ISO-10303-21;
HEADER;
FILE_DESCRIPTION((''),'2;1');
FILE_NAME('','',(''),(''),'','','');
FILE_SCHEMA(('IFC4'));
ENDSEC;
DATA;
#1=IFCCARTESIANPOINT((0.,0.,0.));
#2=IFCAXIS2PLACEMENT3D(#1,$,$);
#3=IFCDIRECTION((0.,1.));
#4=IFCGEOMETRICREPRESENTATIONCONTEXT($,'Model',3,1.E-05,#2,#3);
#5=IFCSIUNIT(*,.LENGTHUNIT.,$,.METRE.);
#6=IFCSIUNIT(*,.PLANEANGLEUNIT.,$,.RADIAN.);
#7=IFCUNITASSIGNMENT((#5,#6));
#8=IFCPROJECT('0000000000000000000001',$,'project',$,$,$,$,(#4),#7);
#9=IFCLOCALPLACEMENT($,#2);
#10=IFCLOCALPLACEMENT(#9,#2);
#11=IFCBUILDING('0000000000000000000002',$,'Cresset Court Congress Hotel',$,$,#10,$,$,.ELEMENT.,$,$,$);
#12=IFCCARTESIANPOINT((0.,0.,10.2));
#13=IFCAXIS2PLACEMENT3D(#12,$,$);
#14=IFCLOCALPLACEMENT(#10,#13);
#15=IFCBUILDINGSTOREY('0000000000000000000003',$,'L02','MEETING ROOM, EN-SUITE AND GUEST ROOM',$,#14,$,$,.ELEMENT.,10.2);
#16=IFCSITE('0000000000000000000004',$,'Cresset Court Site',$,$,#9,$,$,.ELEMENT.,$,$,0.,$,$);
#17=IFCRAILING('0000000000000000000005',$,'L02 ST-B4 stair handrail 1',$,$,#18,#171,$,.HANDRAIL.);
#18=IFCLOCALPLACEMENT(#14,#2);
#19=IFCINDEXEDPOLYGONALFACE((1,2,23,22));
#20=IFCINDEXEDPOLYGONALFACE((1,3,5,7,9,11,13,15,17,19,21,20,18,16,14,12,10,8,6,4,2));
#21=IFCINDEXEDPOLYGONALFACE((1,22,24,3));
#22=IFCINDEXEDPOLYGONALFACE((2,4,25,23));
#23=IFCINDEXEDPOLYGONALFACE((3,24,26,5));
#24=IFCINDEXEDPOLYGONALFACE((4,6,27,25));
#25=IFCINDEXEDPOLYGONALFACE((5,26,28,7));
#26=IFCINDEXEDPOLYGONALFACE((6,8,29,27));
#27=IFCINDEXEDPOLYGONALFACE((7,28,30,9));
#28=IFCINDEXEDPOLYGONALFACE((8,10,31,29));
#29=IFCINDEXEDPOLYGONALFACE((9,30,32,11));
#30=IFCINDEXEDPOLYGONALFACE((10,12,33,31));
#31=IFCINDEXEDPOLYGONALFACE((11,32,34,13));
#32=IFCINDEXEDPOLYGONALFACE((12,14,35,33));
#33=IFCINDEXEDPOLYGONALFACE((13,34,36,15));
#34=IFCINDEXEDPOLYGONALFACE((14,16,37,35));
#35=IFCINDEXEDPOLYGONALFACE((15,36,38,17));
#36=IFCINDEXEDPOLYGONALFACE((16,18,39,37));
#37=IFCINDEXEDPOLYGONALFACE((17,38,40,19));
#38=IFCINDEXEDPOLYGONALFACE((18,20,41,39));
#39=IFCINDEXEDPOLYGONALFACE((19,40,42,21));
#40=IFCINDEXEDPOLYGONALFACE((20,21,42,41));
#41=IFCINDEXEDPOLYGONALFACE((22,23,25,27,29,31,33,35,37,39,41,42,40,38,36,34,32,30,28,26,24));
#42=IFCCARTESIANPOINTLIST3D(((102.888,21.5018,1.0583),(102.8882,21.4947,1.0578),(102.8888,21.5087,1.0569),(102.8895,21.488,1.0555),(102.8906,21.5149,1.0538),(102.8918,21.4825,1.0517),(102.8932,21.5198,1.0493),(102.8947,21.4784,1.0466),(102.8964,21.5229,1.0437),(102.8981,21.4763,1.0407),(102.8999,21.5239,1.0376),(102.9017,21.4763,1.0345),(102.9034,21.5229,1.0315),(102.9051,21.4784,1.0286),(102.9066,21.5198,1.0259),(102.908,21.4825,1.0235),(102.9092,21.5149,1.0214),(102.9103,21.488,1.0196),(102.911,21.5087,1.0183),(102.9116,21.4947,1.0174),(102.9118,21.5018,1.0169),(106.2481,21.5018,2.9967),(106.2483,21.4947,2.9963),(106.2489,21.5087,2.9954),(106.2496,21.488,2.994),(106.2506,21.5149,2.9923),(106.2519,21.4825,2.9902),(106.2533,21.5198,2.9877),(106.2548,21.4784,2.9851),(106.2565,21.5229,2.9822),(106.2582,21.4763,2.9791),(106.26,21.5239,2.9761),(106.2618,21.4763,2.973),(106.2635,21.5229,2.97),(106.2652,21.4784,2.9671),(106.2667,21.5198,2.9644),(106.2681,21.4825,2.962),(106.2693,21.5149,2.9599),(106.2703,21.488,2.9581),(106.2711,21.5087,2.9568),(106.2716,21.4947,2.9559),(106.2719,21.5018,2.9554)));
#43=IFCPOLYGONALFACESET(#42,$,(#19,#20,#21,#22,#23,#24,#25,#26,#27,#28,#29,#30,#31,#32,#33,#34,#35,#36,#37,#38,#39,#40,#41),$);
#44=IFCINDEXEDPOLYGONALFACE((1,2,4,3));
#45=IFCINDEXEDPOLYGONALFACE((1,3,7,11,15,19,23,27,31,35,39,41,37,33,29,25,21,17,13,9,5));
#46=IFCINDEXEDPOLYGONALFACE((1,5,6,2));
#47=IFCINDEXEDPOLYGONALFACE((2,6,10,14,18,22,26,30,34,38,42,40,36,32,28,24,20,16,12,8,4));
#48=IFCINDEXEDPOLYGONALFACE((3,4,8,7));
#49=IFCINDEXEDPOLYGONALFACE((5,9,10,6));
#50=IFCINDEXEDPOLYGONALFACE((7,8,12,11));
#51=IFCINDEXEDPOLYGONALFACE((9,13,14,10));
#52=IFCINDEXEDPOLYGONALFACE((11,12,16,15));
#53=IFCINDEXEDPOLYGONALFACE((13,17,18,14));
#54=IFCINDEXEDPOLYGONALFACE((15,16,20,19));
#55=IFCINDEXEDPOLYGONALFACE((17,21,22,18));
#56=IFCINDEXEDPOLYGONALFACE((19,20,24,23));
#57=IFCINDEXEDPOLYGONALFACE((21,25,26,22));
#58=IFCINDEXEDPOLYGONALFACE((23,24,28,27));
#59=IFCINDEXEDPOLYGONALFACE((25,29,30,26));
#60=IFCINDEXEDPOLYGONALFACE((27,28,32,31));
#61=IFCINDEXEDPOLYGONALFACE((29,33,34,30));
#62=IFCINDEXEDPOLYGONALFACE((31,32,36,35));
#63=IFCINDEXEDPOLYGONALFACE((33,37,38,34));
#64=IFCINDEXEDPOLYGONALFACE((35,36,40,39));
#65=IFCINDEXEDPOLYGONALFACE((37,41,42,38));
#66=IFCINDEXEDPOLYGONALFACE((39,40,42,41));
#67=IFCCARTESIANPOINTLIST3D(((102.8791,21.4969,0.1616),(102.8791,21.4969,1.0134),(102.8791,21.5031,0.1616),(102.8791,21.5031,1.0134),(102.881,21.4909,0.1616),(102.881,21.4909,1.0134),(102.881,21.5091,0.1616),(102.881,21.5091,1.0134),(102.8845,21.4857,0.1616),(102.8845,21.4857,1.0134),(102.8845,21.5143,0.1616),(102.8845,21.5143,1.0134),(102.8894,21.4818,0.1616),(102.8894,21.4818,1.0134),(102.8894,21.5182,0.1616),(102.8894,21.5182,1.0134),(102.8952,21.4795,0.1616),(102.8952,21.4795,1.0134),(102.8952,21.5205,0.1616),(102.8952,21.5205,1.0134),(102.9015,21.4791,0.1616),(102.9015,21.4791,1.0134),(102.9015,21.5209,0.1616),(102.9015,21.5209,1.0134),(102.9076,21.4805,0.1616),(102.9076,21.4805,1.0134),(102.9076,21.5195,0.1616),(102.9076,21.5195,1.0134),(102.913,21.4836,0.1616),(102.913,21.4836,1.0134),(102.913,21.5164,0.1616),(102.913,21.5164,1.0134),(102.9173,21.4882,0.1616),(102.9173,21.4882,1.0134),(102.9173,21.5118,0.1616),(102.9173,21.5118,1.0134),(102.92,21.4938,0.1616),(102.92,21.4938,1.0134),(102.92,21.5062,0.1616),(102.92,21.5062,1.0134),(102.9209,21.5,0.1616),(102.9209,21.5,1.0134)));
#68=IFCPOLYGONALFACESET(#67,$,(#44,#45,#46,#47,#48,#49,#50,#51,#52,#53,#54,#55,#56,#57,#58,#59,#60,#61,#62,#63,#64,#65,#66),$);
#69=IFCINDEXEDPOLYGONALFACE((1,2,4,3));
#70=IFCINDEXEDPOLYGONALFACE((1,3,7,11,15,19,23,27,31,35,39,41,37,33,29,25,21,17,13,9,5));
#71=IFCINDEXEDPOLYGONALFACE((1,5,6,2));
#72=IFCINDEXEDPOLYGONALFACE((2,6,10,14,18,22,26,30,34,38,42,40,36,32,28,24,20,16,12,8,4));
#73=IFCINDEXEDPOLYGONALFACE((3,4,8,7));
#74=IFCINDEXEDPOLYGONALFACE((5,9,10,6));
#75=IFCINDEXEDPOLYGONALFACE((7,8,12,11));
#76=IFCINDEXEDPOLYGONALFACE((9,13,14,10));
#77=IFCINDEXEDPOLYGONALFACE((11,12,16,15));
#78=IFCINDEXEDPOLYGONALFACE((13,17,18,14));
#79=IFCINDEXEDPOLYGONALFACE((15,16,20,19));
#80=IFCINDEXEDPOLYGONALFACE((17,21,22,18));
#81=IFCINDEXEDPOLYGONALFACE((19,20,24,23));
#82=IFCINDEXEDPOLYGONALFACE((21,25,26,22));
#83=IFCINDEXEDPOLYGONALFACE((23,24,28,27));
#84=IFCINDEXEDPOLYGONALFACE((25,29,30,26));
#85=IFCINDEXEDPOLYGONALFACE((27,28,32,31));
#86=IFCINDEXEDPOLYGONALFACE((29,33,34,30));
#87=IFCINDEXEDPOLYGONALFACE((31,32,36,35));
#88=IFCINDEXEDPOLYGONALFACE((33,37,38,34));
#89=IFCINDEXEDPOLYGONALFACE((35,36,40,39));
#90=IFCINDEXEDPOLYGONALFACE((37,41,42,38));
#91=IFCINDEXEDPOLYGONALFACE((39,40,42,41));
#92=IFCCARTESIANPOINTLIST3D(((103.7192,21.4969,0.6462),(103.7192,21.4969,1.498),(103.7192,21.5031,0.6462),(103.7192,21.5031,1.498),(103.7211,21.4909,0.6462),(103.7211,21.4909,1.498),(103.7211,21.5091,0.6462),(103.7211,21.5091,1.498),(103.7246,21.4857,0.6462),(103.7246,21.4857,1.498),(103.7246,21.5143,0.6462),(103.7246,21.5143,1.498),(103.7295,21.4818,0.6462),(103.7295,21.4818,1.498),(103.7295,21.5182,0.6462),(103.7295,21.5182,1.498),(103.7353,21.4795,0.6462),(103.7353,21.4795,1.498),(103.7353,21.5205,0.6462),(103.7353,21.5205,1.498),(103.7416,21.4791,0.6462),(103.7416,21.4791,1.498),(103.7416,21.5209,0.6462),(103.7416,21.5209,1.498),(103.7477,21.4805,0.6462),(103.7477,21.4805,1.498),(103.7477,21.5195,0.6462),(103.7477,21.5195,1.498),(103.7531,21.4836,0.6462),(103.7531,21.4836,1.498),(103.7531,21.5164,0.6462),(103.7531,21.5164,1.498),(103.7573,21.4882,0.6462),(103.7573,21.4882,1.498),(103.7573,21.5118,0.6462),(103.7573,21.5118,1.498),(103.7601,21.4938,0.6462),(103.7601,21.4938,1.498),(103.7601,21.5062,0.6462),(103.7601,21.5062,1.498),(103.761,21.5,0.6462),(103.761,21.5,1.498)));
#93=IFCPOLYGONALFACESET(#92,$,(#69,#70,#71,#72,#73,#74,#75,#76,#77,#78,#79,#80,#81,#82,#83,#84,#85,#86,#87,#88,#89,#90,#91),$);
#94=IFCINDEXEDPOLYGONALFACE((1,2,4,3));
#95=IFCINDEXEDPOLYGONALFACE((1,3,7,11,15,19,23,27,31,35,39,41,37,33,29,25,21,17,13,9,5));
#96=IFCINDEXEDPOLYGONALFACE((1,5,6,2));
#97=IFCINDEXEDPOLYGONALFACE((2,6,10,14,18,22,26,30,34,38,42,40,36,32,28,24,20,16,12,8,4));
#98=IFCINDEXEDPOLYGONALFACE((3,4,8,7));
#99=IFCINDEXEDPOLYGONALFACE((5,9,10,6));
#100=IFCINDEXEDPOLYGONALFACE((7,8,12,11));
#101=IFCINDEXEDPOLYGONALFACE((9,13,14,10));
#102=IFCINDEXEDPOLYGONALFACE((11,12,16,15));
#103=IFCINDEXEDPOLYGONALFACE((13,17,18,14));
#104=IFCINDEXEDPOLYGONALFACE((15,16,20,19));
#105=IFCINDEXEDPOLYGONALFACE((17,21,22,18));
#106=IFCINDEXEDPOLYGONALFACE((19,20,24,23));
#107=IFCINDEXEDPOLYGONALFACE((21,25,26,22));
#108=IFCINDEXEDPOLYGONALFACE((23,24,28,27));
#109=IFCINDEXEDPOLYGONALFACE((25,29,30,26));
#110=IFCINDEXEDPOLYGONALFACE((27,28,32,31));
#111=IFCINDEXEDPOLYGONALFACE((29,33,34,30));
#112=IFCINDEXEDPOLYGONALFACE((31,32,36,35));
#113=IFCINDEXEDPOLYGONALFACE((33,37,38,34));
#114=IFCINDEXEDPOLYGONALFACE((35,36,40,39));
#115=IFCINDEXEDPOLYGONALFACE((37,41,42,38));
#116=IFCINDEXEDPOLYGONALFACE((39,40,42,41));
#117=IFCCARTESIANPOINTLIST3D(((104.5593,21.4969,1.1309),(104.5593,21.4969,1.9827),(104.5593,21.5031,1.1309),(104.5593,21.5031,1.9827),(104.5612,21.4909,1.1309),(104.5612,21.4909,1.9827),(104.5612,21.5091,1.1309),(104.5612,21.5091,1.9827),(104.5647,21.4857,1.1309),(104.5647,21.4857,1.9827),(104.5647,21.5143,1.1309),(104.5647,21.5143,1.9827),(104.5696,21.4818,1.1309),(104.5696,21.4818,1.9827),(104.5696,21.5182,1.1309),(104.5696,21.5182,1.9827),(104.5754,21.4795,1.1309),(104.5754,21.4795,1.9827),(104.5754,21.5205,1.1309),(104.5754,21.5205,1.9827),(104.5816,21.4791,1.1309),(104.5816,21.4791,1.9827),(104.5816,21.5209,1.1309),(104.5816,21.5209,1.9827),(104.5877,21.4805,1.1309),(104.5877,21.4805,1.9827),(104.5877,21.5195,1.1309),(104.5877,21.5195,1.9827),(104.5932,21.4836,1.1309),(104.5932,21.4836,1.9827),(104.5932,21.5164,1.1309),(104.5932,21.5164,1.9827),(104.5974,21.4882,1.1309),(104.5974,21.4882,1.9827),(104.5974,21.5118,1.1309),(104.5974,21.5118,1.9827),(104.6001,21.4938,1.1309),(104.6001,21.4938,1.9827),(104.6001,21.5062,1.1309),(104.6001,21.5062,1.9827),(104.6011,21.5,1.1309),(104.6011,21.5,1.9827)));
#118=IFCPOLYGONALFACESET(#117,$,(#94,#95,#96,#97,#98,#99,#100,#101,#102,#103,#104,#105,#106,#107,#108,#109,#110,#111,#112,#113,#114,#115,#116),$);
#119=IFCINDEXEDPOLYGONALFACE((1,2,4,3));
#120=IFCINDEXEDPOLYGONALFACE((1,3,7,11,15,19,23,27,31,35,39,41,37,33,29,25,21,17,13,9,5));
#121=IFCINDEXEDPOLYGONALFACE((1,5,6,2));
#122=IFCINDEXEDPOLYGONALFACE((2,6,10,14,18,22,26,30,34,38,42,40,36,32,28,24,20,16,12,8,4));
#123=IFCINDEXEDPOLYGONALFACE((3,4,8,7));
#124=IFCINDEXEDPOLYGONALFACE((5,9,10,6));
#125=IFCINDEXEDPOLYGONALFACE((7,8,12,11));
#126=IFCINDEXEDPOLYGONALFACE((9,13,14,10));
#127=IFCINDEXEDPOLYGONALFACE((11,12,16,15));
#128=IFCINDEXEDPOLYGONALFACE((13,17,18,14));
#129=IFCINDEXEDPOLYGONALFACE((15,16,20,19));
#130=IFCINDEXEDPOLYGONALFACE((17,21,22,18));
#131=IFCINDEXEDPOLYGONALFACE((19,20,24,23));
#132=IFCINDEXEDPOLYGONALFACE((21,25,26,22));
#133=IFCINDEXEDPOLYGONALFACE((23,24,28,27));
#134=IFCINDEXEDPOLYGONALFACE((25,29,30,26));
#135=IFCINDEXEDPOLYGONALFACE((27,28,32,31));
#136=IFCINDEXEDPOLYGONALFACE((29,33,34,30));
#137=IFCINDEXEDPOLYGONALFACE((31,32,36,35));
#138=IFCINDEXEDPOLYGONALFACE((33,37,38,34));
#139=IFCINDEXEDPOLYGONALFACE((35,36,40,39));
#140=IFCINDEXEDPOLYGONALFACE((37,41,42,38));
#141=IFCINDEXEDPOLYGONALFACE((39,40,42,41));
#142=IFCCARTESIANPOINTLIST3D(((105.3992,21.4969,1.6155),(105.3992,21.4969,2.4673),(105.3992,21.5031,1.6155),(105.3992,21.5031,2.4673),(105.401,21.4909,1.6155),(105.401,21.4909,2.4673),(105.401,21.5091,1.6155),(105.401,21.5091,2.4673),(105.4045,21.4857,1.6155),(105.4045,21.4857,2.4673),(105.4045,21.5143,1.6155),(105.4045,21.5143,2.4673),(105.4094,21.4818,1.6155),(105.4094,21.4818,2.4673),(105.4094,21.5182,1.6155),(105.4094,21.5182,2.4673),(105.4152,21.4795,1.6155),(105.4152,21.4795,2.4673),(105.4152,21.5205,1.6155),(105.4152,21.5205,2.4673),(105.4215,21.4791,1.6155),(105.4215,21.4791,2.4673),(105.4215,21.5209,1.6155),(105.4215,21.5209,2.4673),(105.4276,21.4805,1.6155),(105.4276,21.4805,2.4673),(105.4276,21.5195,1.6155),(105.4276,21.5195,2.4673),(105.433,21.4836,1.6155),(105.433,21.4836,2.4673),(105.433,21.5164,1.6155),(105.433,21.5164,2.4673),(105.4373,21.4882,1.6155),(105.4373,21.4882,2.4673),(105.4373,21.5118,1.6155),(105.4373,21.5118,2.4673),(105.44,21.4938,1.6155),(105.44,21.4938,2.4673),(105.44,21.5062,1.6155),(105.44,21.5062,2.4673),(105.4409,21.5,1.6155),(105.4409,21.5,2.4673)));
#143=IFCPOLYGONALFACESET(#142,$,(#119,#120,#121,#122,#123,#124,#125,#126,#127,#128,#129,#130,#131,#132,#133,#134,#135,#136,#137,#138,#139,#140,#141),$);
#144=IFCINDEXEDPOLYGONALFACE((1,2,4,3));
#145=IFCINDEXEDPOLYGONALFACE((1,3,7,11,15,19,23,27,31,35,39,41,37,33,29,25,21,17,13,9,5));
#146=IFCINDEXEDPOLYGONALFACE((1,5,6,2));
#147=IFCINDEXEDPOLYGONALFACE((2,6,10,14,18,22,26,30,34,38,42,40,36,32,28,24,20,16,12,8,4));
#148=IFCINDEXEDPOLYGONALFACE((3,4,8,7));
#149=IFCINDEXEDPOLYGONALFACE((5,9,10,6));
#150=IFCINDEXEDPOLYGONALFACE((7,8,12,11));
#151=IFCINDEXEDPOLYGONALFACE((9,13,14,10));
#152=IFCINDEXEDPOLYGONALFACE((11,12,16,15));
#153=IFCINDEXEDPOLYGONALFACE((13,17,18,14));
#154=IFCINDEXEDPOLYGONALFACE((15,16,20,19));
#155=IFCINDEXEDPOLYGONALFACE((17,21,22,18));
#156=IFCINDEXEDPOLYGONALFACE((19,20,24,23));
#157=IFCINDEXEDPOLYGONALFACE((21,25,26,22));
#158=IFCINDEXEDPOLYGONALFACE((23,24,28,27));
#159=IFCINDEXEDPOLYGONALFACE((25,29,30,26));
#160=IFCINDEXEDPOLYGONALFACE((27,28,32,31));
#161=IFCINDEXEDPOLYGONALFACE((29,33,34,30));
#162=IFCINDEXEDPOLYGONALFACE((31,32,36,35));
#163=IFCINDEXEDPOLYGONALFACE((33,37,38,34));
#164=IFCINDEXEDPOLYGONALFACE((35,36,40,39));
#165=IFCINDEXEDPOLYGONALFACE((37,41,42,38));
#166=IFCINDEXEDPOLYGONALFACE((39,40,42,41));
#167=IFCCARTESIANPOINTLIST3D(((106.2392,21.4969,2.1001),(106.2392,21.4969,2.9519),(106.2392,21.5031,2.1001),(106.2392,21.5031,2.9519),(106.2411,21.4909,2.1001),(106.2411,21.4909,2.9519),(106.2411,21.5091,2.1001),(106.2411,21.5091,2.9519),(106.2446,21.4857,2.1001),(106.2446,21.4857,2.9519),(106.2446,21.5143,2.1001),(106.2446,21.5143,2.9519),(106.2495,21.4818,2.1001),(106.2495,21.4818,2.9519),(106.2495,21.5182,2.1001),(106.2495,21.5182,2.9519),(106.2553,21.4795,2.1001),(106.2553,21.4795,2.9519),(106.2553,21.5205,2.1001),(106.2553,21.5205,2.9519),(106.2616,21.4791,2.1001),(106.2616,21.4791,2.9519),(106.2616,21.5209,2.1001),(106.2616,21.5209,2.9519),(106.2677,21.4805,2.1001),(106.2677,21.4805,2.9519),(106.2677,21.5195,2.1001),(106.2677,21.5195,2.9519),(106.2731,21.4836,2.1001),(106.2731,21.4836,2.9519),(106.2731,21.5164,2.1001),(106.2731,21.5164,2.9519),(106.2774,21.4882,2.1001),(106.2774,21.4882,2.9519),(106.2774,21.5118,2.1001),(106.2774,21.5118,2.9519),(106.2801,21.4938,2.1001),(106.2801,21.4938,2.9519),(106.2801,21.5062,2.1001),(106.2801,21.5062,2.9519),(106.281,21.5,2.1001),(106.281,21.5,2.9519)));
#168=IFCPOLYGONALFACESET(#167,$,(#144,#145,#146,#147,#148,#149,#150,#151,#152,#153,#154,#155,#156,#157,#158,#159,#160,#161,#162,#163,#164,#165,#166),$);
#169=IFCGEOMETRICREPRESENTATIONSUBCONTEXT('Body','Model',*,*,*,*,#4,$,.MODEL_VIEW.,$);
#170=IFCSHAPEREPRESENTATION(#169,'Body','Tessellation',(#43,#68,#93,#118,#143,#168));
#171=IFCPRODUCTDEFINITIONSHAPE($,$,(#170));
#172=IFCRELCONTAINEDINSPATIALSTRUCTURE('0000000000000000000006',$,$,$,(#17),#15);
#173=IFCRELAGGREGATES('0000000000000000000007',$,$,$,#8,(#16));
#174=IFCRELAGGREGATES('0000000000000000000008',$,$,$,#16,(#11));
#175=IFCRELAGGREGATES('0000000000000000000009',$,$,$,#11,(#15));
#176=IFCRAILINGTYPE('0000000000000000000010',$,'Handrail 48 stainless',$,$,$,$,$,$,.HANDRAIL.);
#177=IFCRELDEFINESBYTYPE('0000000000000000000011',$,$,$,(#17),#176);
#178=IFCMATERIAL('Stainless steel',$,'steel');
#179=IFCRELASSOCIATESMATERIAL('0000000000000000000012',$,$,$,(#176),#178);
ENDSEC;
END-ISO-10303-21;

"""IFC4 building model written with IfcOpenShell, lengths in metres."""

from ifc_helpers import new_model, si_unit, direction, frame, origin, origin_2d, place, context, subcontext, project, spatial, circle, extrude, material, type_object, element, save


model = new_model("IFC4")

# Units and contexts
model_context = context("Model", 3, precision=1e-05, world=origin(), true_north=direction((0.0, 1.0)))
body_context = subcontext(model_context, "Body", "Model", "MODEL_VIEW")
ifc_project = project(units=[si_unit("LENGTHUNIT", "METRE"), si_unit("PLANEANGLEUNIT", "RADIAN")], contexts=[model_context])

# Site, building, storey
site_placement = place(None, origin())
site = spatial("IfcSite", under=ifc_project, at=site_placement, Name="Cresset Court Site", CompositionType="ELEMENT", RefElevation=0.0)
building_placement = place(site_placement, origin())
building = spatial("IfcBuilding", under=site, at=building_placement, Name="Cresset Court Congress Hotel", CompositionType="ELEMENT")
storey_placement = place(building_placement, frame((0.0, 0.0, 10.2)))
storey = spatial("IfcBuildingStorey", under=building, at=storey_placement, Name="L02", Description="MEETING ROOM, EN-SUITE AND GUEST ROOM", CompositionType="ELEMENT", Elevation=10.2)

# Railing
ifc_material_1 = material(Name="Stainless steel", Category="steel")
railing_type_1 = type_object("IfcRailingType", Name="Handrail 48 stainless", PredefinedType="HANDRAIL", material=ifc_material_1)
railing_1_placement = place(storey_placement, frame((102.8999, 21.5, 0.1616)))
element("IfcRailing", 1, at=railing_1_placement, inside=storey, type_object=railing_type_1, Name="L02 ST-B4 stair handrail 1", PredefinedType="HANDRAIL", context=body_context, shape_type="SweptSolid", body=[
    extrude(circle(Radius=0.0239, at=origin_2d()), frame((0.0, 0.0, 0.876), z_axis=(0.866191, 0.0, 0.499713), x_axis=(0.0, 1.0, 0.0)), (0.0, 0.0, 1.0), 3.8792),
    extrude(circle(Radius=0.021, at=origin_2d()), origin(), (0.0, 0.0, 1.0), 0.8518),
    extrude(circle(Radius=0.021, at=origin_2d()), frame((0.8401, 0.0, 0.4846)), (0.0, 0.0, 1.0), 0.8518),
    extrude(circle(Radius=0.021, at=origin_2d()), frame((1.6802, 0.0, 0.9692)), (0.0, 0.0, 1.0), 0.8518),
    extrude(circle(Radius=0.021, at=origin_2d()), frame((2.52, 0.0, 1.4539)), (0.0, 0.0, 1.0), 0.8518),
    extrude(circle(Radius=0.021, at=origin_2d()), frame((3.3601, 0.0, 1.9385)), (0.0, 0.0, 1.0), 0.8518),
])

save(model, "model.ifc")
